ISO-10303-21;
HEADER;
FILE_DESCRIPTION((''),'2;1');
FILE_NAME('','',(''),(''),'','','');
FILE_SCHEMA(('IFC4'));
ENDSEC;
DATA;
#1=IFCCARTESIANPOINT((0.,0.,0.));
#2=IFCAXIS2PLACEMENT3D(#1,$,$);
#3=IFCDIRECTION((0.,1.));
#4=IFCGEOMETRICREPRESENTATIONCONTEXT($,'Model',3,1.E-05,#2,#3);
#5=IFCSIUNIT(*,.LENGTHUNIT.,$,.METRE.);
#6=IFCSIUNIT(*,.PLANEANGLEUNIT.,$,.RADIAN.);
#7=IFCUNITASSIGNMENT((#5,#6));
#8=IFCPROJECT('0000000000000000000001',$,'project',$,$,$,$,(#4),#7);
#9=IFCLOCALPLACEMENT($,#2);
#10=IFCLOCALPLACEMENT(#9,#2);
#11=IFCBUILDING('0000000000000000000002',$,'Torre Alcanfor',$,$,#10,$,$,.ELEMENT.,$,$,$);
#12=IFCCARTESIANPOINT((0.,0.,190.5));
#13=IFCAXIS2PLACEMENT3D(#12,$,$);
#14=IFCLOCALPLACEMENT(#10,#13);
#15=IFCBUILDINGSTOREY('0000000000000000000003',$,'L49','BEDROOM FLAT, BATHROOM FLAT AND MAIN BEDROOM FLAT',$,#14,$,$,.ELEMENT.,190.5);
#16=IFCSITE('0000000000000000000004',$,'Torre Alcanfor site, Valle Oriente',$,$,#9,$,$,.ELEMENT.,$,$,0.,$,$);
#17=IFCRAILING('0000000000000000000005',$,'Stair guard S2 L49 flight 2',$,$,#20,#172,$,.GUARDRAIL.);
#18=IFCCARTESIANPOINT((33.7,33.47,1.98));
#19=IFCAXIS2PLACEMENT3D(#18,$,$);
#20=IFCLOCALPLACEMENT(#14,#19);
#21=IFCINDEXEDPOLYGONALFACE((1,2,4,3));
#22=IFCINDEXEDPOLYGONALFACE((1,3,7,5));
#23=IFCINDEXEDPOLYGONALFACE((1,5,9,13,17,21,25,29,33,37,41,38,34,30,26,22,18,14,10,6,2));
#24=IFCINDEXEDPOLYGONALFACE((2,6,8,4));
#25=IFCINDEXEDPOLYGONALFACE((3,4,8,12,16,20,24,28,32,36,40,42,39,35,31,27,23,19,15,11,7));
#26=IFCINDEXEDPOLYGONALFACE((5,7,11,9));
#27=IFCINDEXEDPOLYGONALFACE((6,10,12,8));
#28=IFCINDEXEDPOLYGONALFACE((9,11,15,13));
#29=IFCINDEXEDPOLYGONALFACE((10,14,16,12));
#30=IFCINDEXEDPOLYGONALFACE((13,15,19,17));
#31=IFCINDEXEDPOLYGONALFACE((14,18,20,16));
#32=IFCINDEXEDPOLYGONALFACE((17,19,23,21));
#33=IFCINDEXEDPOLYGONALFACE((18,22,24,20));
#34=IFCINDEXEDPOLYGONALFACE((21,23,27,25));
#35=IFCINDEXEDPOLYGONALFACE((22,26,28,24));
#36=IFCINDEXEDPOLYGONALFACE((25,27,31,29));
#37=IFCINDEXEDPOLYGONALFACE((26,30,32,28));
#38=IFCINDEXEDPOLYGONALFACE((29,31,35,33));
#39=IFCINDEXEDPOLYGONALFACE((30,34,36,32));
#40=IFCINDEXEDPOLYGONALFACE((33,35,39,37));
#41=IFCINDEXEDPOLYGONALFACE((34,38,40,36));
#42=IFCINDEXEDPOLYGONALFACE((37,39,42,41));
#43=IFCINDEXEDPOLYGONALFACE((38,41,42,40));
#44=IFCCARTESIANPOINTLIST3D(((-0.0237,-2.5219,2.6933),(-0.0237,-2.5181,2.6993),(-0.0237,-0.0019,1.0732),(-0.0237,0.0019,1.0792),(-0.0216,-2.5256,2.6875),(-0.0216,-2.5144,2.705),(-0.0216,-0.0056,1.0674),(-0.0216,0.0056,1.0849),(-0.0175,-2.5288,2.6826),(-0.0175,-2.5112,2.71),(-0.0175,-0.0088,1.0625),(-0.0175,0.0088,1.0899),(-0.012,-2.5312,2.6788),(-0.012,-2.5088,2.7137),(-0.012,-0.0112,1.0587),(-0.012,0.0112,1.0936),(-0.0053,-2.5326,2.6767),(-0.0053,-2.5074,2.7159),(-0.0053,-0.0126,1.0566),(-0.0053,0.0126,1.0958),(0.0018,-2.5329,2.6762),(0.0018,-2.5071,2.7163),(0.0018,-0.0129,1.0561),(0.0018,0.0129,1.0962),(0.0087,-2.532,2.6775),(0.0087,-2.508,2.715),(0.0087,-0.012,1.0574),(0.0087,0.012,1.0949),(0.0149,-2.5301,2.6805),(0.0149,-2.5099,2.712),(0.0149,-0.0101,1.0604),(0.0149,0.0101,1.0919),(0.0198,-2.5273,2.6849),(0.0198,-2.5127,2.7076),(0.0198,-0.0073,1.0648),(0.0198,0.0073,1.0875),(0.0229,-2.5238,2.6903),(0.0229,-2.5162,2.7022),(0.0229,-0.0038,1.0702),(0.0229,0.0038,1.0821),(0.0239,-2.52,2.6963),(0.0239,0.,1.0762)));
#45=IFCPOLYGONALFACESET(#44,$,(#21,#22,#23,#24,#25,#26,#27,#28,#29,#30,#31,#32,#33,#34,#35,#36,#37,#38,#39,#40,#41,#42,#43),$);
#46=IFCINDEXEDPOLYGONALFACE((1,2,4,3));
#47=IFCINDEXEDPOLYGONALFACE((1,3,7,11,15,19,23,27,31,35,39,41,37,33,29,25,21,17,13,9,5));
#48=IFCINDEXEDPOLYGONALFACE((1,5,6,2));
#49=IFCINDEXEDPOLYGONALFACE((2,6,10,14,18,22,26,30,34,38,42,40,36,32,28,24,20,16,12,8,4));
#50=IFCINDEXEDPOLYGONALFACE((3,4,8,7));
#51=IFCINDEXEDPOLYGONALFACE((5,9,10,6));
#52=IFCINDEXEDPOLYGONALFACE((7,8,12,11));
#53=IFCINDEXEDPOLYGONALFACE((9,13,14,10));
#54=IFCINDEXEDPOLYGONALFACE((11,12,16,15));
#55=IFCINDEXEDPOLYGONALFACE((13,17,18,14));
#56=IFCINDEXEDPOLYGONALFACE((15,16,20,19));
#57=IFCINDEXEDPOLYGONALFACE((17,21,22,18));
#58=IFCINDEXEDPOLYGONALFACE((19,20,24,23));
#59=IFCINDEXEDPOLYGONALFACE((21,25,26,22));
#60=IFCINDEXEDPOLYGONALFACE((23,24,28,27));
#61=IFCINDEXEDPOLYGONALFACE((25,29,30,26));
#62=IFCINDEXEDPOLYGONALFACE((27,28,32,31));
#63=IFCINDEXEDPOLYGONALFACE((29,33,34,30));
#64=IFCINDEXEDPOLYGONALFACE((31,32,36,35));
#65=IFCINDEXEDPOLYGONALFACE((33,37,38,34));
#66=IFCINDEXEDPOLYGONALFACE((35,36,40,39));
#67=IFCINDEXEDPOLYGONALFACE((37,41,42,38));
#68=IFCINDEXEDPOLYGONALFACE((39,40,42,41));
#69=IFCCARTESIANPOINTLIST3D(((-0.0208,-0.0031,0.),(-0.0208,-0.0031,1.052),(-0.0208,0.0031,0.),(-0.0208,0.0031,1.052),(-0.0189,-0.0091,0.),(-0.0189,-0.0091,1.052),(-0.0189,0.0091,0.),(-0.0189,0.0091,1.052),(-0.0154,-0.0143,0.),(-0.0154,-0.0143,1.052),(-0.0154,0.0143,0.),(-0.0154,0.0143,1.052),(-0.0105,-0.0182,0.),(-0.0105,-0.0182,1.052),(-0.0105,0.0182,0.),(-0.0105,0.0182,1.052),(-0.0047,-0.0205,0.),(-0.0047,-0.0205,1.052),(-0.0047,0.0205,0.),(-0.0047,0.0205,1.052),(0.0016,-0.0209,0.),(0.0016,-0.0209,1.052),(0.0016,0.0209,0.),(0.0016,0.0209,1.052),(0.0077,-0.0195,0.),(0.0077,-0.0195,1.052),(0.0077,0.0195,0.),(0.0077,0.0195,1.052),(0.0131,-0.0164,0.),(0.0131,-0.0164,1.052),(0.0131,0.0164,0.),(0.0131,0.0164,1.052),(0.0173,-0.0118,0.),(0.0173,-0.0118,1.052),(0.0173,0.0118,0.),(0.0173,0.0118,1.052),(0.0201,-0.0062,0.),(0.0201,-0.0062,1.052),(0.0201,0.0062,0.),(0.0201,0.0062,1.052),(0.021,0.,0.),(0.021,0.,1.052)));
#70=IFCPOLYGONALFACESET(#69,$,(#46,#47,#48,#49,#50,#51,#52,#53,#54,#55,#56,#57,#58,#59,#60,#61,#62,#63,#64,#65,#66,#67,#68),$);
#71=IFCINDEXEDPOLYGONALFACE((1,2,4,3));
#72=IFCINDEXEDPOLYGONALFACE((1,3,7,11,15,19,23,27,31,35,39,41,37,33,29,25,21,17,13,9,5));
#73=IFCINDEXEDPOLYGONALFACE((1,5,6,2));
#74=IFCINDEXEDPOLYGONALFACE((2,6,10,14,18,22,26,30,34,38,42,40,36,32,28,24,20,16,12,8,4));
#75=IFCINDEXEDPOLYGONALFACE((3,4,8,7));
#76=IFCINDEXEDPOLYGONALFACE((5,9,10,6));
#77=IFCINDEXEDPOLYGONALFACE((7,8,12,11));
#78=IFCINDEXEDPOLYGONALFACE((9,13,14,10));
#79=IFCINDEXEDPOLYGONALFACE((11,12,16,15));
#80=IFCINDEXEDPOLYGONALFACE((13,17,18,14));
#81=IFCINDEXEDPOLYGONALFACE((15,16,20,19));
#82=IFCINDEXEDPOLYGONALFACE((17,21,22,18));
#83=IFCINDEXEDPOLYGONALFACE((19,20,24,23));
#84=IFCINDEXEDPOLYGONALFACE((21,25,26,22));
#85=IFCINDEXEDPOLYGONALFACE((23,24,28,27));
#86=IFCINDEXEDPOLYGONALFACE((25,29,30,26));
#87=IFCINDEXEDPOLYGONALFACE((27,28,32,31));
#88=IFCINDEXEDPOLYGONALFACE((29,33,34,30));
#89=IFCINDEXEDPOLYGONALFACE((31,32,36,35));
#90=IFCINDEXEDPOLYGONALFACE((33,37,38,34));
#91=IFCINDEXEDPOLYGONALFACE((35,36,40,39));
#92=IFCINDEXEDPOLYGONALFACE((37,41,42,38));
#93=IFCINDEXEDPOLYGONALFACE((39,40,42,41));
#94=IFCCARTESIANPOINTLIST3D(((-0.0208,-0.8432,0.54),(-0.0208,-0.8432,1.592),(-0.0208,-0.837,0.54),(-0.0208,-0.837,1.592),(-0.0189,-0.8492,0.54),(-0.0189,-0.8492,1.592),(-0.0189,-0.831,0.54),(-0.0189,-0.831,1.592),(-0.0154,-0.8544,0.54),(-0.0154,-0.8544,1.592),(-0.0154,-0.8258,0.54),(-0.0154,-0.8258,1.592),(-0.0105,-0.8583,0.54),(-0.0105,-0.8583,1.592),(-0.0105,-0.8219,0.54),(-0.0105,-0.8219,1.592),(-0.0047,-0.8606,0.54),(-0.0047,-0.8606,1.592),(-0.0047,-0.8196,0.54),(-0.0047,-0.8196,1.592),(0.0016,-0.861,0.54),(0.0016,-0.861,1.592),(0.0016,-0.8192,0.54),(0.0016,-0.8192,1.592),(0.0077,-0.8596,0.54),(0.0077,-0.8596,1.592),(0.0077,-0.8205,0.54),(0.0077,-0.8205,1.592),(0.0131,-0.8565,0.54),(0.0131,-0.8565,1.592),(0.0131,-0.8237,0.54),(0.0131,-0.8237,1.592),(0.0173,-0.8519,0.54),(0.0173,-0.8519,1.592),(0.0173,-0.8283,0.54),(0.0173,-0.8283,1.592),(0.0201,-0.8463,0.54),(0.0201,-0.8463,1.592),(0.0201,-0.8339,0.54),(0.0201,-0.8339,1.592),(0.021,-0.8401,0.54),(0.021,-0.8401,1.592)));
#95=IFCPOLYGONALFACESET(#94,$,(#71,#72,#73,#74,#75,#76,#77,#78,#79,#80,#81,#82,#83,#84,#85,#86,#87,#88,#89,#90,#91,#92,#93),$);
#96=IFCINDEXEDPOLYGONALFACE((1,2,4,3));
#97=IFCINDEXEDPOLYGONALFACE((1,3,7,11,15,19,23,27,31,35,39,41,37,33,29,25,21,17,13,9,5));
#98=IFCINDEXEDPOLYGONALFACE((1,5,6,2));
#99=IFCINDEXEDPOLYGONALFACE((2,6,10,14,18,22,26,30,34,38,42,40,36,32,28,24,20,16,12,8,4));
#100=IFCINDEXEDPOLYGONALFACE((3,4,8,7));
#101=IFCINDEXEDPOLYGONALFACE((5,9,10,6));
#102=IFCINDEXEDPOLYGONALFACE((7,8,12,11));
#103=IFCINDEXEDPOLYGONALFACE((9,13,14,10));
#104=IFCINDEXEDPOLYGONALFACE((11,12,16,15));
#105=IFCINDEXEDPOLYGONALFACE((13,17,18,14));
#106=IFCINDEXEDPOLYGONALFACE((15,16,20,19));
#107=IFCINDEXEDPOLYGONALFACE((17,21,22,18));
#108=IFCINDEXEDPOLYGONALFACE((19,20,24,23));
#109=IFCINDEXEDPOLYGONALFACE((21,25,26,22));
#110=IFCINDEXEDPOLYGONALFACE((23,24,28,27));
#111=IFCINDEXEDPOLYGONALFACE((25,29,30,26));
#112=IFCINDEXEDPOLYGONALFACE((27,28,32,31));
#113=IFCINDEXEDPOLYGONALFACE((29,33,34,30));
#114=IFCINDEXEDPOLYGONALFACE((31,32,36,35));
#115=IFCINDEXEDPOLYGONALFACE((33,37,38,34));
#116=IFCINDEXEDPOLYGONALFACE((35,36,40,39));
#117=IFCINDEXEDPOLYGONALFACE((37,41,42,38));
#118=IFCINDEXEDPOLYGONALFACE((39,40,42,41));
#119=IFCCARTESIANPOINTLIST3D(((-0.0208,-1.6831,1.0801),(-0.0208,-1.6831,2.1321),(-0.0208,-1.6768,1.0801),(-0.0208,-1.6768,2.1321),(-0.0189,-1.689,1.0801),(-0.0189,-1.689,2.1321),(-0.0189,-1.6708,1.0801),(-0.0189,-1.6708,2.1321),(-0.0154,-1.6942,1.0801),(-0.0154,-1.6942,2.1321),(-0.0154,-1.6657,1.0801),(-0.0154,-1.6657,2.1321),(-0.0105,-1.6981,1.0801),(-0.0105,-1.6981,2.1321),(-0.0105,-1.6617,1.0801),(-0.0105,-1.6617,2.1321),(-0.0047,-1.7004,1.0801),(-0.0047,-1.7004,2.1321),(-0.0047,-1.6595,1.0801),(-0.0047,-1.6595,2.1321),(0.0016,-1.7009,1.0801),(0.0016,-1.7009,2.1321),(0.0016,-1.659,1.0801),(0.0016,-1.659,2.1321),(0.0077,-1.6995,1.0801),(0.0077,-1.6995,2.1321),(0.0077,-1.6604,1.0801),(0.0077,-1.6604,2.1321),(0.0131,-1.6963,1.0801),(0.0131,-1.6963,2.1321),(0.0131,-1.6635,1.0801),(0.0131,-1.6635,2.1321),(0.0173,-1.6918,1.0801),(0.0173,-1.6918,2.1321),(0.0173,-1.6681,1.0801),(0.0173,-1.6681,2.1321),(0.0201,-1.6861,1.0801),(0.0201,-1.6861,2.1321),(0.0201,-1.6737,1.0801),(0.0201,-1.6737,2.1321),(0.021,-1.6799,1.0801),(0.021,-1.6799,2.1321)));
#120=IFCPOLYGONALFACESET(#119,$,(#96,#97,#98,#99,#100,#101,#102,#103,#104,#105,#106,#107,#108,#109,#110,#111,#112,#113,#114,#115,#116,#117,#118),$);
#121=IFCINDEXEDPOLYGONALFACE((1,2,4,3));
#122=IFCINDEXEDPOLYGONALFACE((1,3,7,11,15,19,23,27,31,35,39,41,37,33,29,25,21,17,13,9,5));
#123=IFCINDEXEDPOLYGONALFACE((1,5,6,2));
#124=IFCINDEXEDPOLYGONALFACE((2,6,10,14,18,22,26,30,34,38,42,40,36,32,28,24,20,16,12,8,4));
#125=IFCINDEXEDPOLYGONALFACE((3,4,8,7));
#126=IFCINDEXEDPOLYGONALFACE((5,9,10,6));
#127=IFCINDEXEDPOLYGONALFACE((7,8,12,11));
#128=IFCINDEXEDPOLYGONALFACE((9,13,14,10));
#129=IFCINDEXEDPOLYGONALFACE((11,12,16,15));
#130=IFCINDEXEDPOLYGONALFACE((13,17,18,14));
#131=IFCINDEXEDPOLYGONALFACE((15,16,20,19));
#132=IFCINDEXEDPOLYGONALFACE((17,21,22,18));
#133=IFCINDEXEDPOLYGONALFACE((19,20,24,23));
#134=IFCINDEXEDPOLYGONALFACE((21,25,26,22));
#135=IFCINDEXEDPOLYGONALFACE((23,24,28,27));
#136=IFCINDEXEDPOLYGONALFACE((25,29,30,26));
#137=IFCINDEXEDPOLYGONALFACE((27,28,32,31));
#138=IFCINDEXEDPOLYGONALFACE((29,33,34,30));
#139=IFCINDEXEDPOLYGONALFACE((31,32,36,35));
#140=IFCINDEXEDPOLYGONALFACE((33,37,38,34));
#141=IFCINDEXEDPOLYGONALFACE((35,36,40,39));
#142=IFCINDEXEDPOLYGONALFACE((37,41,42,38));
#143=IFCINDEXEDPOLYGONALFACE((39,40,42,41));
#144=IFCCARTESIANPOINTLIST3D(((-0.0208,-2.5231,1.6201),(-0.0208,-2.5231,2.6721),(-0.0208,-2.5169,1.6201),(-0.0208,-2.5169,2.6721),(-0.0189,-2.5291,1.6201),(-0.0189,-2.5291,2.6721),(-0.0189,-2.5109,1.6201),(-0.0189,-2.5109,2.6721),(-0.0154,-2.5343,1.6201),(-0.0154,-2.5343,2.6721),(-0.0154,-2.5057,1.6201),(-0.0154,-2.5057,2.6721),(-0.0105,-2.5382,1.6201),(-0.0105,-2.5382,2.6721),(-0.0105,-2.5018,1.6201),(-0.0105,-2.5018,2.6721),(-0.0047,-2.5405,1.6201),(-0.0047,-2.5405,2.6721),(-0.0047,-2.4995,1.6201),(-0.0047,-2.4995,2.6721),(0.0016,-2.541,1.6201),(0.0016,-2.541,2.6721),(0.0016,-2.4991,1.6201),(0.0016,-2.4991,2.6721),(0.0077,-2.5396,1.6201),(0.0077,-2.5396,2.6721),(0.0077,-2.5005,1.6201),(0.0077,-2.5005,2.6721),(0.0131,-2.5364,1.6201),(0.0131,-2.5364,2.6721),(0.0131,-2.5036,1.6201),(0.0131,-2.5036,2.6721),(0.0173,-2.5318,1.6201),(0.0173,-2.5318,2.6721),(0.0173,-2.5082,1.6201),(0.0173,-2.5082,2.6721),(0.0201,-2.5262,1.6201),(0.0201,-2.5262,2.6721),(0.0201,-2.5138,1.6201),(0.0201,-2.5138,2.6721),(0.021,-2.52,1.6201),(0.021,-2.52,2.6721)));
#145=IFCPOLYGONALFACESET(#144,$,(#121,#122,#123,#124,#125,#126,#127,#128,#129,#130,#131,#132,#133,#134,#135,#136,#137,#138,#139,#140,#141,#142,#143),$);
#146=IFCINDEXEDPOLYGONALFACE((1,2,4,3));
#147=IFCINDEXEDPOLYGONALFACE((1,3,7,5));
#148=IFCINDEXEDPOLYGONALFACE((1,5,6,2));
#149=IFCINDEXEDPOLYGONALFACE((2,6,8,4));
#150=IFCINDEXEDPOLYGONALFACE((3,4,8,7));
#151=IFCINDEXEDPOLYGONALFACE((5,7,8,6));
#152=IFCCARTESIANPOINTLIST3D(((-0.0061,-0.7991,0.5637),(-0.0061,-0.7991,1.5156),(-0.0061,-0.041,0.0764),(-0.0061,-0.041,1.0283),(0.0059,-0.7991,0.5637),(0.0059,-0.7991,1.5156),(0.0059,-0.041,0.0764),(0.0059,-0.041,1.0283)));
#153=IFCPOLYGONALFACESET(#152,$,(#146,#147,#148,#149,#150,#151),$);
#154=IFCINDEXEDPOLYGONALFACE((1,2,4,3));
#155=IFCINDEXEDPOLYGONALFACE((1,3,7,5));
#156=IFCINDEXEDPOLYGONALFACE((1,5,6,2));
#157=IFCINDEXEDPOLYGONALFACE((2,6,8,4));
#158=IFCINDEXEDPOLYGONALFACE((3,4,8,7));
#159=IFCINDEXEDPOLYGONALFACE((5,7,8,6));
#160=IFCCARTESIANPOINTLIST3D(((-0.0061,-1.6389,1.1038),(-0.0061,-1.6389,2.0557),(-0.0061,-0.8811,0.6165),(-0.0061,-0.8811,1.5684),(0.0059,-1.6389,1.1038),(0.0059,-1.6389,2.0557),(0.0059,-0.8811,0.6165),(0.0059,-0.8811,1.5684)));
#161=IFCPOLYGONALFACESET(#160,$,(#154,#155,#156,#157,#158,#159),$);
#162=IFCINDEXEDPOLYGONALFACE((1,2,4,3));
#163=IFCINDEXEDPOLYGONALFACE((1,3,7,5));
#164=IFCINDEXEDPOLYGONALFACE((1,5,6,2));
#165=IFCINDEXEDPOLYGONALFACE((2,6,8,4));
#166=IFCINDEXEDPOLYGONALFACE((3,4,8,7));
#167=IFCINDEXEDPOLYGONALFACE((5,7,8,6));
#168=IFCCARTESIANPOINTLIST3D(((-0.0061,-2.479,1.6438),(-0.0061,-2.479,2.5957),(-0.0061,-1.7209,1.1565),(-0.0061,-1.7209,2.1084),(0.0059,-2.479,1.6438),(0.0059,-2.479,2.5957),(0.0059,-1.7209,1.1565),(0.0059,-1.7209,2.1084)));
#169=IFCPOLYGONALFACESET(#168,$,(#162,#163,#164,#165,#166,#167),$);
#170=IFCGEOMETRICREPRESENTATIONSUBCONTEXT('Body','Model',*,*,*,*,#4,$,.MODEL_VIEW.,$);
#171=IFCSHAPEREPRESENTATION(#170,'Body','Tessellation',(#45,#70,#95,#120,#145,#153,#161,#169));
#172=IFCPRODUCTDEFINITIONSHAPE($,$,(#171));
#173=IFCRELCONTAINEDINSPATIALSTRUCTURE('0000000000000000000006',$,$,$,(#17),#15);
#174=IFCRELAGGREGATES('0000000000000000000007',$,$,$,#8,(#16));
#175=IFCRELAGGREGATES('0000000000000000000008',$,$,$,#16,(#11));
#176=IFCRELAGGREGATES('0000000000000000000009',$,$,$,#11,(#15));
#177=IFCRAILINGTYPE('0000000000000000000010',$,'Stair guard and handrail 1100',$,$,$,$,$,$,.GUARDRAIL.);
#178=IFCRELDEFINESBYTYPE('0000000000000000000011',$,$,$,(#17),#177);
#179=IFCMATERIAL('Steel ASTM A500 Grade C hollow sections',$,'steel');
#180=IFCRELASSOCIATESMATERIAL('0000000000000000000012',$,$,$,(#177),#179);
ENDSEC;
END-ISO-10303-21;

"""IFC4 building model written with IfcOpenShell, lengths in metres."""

from ifc_helpers import new_model, si_unit, direction, frame, origin, origin_2d, place, context, subcontext, project, spatial, polyline, circle, outline, extrude, material, type_object, element, save


model = new_model("IFC4")

# Units and contexts
model_context = context("Model", 3, precision=1e-05, world=origin(), true_north=direction((0.0, 1.0)))
body_context = subcontext(model_context, "Body", "Model", "MODEL_VIEW")
ifc_project = project(units=[si_unit("LENGTHUNIT", "METRE"), si_unit("PLANEANGLEUNIT", "RADIAN")], contexts=[model_context])

# Site, building, storey
site_placement = place(None, origin())
site = spatial("IfcSite", under=ifc_project, at=site_placement, Name="Torre Alcanfor site, Valle Oriente", CompositionType="ELEMENT", RefElevation=0.0)
building_placement = place(site_placement, origin())
building = spatial("IfcBuilding", under=site, at=building_placement, Name="Torre Alcanfor", CompositionType="ELEMENT")
storey_placement = place(building_placement, frame((0.0, 0.0, 190.5)))
storey = spatial("IfcBuildingStorey", under=building, at=storey_placement, Name="L49", Description="BEDROOM FLAT, BATHROOM FLAT AND MAIN BEDROOM FLAT", CompositionType="ELEMENT", Elevation=190.5)

# Railing
ifc_material_1 = material(Name="Steel ASTM A500 Grade C hollow sections", Category="steel")
railing_type_1 = type_object("IfcRailingType", Name="Stair guard and handrail 1100", PredefinedType="GUARDRAIL", material=ifc_material_1)
railing_1_placement = place(storey_placement, frame((33.7, 33.47, 1.98)))
element("IfcRailing", 1, at=railing_1_placement, inside=storey, type_object=railing_type_1, Name="Stair guard S2 L49 flight 2", PredefinedType="GUARDRAIL", context=body_context, shape_type="SweptSolid", body=[
    extrude(circle(Radius=0.0239, at=origin_2d()), frame((0.0, 0.0, 1.0762), z_axis=(0.0, -0.841163, 0.540782), x_axis=(1.0, 0.0, 0.0)), (0.0, 0.0, 1.0), 2.9958),
    extrude(circle(Radius=0.021, at=origin_2d()), origin(), (0.0, 0.0, 1.0), 1.052),
    extrude(circle(Radius=0.021, at=origin_2d()), frame((0.0, -0.8401, 0.54)), (0.0, 0.0, 1.0), 1.052),
    extrude(circle(Radius=0.021, at=origin_2d()), frame((0.0, -1.6799, 1.0801)), (0.0, 0.0, 1.0), 1.052),
    extrude(circle(Radius=0.021, at=origin_2d()), frame((0.0, -2.52, 1.6201)), (0.0, 0.0, 1.0), 1.052),
    extrude(outline(polyline([(0.041, 0.0764), (0.7991, 0.5637), (0.7991, 1.5156), (0.041, 1.0283), (0.041, 0.0764)])), frame((0.0059, 0.0, 0.0), z_axis=(-1.0, 0.0, 0.0), x_axis=(0.0, -1.0, 0.0)), (0.0, 0.0, 1.0), 0.012),
    extrude(outline(polyline([(0.8811, 0.6165), (1.6389, 1.1038), (1.6389, 2.0557), (0.8811, 1.5684), (0.8811, 0.6165)])), frame((0.0059, 0.0, 0.0), z_axis=(-1.0, 0.0, 0.0), x_axis=(0.0, -1.0, 0.0)), (0.0, 0.0, 1.0), 0.012),
    extrude(outline(polyline([(1.7209, 1.1565), (2.479, 1.6438), (2.479, 2.5957), (1.7209, 2.1084), (1.7209, 1.1565)])), frame((0.0059, 0.0, 0.0), z_axis=(-1.0, 0.0, 0.0), x_axis=(0.0, -1.0, 0.0)), (0.0, 0.0, 1.0), 0.012),
])

save(model, "model.ifc")
